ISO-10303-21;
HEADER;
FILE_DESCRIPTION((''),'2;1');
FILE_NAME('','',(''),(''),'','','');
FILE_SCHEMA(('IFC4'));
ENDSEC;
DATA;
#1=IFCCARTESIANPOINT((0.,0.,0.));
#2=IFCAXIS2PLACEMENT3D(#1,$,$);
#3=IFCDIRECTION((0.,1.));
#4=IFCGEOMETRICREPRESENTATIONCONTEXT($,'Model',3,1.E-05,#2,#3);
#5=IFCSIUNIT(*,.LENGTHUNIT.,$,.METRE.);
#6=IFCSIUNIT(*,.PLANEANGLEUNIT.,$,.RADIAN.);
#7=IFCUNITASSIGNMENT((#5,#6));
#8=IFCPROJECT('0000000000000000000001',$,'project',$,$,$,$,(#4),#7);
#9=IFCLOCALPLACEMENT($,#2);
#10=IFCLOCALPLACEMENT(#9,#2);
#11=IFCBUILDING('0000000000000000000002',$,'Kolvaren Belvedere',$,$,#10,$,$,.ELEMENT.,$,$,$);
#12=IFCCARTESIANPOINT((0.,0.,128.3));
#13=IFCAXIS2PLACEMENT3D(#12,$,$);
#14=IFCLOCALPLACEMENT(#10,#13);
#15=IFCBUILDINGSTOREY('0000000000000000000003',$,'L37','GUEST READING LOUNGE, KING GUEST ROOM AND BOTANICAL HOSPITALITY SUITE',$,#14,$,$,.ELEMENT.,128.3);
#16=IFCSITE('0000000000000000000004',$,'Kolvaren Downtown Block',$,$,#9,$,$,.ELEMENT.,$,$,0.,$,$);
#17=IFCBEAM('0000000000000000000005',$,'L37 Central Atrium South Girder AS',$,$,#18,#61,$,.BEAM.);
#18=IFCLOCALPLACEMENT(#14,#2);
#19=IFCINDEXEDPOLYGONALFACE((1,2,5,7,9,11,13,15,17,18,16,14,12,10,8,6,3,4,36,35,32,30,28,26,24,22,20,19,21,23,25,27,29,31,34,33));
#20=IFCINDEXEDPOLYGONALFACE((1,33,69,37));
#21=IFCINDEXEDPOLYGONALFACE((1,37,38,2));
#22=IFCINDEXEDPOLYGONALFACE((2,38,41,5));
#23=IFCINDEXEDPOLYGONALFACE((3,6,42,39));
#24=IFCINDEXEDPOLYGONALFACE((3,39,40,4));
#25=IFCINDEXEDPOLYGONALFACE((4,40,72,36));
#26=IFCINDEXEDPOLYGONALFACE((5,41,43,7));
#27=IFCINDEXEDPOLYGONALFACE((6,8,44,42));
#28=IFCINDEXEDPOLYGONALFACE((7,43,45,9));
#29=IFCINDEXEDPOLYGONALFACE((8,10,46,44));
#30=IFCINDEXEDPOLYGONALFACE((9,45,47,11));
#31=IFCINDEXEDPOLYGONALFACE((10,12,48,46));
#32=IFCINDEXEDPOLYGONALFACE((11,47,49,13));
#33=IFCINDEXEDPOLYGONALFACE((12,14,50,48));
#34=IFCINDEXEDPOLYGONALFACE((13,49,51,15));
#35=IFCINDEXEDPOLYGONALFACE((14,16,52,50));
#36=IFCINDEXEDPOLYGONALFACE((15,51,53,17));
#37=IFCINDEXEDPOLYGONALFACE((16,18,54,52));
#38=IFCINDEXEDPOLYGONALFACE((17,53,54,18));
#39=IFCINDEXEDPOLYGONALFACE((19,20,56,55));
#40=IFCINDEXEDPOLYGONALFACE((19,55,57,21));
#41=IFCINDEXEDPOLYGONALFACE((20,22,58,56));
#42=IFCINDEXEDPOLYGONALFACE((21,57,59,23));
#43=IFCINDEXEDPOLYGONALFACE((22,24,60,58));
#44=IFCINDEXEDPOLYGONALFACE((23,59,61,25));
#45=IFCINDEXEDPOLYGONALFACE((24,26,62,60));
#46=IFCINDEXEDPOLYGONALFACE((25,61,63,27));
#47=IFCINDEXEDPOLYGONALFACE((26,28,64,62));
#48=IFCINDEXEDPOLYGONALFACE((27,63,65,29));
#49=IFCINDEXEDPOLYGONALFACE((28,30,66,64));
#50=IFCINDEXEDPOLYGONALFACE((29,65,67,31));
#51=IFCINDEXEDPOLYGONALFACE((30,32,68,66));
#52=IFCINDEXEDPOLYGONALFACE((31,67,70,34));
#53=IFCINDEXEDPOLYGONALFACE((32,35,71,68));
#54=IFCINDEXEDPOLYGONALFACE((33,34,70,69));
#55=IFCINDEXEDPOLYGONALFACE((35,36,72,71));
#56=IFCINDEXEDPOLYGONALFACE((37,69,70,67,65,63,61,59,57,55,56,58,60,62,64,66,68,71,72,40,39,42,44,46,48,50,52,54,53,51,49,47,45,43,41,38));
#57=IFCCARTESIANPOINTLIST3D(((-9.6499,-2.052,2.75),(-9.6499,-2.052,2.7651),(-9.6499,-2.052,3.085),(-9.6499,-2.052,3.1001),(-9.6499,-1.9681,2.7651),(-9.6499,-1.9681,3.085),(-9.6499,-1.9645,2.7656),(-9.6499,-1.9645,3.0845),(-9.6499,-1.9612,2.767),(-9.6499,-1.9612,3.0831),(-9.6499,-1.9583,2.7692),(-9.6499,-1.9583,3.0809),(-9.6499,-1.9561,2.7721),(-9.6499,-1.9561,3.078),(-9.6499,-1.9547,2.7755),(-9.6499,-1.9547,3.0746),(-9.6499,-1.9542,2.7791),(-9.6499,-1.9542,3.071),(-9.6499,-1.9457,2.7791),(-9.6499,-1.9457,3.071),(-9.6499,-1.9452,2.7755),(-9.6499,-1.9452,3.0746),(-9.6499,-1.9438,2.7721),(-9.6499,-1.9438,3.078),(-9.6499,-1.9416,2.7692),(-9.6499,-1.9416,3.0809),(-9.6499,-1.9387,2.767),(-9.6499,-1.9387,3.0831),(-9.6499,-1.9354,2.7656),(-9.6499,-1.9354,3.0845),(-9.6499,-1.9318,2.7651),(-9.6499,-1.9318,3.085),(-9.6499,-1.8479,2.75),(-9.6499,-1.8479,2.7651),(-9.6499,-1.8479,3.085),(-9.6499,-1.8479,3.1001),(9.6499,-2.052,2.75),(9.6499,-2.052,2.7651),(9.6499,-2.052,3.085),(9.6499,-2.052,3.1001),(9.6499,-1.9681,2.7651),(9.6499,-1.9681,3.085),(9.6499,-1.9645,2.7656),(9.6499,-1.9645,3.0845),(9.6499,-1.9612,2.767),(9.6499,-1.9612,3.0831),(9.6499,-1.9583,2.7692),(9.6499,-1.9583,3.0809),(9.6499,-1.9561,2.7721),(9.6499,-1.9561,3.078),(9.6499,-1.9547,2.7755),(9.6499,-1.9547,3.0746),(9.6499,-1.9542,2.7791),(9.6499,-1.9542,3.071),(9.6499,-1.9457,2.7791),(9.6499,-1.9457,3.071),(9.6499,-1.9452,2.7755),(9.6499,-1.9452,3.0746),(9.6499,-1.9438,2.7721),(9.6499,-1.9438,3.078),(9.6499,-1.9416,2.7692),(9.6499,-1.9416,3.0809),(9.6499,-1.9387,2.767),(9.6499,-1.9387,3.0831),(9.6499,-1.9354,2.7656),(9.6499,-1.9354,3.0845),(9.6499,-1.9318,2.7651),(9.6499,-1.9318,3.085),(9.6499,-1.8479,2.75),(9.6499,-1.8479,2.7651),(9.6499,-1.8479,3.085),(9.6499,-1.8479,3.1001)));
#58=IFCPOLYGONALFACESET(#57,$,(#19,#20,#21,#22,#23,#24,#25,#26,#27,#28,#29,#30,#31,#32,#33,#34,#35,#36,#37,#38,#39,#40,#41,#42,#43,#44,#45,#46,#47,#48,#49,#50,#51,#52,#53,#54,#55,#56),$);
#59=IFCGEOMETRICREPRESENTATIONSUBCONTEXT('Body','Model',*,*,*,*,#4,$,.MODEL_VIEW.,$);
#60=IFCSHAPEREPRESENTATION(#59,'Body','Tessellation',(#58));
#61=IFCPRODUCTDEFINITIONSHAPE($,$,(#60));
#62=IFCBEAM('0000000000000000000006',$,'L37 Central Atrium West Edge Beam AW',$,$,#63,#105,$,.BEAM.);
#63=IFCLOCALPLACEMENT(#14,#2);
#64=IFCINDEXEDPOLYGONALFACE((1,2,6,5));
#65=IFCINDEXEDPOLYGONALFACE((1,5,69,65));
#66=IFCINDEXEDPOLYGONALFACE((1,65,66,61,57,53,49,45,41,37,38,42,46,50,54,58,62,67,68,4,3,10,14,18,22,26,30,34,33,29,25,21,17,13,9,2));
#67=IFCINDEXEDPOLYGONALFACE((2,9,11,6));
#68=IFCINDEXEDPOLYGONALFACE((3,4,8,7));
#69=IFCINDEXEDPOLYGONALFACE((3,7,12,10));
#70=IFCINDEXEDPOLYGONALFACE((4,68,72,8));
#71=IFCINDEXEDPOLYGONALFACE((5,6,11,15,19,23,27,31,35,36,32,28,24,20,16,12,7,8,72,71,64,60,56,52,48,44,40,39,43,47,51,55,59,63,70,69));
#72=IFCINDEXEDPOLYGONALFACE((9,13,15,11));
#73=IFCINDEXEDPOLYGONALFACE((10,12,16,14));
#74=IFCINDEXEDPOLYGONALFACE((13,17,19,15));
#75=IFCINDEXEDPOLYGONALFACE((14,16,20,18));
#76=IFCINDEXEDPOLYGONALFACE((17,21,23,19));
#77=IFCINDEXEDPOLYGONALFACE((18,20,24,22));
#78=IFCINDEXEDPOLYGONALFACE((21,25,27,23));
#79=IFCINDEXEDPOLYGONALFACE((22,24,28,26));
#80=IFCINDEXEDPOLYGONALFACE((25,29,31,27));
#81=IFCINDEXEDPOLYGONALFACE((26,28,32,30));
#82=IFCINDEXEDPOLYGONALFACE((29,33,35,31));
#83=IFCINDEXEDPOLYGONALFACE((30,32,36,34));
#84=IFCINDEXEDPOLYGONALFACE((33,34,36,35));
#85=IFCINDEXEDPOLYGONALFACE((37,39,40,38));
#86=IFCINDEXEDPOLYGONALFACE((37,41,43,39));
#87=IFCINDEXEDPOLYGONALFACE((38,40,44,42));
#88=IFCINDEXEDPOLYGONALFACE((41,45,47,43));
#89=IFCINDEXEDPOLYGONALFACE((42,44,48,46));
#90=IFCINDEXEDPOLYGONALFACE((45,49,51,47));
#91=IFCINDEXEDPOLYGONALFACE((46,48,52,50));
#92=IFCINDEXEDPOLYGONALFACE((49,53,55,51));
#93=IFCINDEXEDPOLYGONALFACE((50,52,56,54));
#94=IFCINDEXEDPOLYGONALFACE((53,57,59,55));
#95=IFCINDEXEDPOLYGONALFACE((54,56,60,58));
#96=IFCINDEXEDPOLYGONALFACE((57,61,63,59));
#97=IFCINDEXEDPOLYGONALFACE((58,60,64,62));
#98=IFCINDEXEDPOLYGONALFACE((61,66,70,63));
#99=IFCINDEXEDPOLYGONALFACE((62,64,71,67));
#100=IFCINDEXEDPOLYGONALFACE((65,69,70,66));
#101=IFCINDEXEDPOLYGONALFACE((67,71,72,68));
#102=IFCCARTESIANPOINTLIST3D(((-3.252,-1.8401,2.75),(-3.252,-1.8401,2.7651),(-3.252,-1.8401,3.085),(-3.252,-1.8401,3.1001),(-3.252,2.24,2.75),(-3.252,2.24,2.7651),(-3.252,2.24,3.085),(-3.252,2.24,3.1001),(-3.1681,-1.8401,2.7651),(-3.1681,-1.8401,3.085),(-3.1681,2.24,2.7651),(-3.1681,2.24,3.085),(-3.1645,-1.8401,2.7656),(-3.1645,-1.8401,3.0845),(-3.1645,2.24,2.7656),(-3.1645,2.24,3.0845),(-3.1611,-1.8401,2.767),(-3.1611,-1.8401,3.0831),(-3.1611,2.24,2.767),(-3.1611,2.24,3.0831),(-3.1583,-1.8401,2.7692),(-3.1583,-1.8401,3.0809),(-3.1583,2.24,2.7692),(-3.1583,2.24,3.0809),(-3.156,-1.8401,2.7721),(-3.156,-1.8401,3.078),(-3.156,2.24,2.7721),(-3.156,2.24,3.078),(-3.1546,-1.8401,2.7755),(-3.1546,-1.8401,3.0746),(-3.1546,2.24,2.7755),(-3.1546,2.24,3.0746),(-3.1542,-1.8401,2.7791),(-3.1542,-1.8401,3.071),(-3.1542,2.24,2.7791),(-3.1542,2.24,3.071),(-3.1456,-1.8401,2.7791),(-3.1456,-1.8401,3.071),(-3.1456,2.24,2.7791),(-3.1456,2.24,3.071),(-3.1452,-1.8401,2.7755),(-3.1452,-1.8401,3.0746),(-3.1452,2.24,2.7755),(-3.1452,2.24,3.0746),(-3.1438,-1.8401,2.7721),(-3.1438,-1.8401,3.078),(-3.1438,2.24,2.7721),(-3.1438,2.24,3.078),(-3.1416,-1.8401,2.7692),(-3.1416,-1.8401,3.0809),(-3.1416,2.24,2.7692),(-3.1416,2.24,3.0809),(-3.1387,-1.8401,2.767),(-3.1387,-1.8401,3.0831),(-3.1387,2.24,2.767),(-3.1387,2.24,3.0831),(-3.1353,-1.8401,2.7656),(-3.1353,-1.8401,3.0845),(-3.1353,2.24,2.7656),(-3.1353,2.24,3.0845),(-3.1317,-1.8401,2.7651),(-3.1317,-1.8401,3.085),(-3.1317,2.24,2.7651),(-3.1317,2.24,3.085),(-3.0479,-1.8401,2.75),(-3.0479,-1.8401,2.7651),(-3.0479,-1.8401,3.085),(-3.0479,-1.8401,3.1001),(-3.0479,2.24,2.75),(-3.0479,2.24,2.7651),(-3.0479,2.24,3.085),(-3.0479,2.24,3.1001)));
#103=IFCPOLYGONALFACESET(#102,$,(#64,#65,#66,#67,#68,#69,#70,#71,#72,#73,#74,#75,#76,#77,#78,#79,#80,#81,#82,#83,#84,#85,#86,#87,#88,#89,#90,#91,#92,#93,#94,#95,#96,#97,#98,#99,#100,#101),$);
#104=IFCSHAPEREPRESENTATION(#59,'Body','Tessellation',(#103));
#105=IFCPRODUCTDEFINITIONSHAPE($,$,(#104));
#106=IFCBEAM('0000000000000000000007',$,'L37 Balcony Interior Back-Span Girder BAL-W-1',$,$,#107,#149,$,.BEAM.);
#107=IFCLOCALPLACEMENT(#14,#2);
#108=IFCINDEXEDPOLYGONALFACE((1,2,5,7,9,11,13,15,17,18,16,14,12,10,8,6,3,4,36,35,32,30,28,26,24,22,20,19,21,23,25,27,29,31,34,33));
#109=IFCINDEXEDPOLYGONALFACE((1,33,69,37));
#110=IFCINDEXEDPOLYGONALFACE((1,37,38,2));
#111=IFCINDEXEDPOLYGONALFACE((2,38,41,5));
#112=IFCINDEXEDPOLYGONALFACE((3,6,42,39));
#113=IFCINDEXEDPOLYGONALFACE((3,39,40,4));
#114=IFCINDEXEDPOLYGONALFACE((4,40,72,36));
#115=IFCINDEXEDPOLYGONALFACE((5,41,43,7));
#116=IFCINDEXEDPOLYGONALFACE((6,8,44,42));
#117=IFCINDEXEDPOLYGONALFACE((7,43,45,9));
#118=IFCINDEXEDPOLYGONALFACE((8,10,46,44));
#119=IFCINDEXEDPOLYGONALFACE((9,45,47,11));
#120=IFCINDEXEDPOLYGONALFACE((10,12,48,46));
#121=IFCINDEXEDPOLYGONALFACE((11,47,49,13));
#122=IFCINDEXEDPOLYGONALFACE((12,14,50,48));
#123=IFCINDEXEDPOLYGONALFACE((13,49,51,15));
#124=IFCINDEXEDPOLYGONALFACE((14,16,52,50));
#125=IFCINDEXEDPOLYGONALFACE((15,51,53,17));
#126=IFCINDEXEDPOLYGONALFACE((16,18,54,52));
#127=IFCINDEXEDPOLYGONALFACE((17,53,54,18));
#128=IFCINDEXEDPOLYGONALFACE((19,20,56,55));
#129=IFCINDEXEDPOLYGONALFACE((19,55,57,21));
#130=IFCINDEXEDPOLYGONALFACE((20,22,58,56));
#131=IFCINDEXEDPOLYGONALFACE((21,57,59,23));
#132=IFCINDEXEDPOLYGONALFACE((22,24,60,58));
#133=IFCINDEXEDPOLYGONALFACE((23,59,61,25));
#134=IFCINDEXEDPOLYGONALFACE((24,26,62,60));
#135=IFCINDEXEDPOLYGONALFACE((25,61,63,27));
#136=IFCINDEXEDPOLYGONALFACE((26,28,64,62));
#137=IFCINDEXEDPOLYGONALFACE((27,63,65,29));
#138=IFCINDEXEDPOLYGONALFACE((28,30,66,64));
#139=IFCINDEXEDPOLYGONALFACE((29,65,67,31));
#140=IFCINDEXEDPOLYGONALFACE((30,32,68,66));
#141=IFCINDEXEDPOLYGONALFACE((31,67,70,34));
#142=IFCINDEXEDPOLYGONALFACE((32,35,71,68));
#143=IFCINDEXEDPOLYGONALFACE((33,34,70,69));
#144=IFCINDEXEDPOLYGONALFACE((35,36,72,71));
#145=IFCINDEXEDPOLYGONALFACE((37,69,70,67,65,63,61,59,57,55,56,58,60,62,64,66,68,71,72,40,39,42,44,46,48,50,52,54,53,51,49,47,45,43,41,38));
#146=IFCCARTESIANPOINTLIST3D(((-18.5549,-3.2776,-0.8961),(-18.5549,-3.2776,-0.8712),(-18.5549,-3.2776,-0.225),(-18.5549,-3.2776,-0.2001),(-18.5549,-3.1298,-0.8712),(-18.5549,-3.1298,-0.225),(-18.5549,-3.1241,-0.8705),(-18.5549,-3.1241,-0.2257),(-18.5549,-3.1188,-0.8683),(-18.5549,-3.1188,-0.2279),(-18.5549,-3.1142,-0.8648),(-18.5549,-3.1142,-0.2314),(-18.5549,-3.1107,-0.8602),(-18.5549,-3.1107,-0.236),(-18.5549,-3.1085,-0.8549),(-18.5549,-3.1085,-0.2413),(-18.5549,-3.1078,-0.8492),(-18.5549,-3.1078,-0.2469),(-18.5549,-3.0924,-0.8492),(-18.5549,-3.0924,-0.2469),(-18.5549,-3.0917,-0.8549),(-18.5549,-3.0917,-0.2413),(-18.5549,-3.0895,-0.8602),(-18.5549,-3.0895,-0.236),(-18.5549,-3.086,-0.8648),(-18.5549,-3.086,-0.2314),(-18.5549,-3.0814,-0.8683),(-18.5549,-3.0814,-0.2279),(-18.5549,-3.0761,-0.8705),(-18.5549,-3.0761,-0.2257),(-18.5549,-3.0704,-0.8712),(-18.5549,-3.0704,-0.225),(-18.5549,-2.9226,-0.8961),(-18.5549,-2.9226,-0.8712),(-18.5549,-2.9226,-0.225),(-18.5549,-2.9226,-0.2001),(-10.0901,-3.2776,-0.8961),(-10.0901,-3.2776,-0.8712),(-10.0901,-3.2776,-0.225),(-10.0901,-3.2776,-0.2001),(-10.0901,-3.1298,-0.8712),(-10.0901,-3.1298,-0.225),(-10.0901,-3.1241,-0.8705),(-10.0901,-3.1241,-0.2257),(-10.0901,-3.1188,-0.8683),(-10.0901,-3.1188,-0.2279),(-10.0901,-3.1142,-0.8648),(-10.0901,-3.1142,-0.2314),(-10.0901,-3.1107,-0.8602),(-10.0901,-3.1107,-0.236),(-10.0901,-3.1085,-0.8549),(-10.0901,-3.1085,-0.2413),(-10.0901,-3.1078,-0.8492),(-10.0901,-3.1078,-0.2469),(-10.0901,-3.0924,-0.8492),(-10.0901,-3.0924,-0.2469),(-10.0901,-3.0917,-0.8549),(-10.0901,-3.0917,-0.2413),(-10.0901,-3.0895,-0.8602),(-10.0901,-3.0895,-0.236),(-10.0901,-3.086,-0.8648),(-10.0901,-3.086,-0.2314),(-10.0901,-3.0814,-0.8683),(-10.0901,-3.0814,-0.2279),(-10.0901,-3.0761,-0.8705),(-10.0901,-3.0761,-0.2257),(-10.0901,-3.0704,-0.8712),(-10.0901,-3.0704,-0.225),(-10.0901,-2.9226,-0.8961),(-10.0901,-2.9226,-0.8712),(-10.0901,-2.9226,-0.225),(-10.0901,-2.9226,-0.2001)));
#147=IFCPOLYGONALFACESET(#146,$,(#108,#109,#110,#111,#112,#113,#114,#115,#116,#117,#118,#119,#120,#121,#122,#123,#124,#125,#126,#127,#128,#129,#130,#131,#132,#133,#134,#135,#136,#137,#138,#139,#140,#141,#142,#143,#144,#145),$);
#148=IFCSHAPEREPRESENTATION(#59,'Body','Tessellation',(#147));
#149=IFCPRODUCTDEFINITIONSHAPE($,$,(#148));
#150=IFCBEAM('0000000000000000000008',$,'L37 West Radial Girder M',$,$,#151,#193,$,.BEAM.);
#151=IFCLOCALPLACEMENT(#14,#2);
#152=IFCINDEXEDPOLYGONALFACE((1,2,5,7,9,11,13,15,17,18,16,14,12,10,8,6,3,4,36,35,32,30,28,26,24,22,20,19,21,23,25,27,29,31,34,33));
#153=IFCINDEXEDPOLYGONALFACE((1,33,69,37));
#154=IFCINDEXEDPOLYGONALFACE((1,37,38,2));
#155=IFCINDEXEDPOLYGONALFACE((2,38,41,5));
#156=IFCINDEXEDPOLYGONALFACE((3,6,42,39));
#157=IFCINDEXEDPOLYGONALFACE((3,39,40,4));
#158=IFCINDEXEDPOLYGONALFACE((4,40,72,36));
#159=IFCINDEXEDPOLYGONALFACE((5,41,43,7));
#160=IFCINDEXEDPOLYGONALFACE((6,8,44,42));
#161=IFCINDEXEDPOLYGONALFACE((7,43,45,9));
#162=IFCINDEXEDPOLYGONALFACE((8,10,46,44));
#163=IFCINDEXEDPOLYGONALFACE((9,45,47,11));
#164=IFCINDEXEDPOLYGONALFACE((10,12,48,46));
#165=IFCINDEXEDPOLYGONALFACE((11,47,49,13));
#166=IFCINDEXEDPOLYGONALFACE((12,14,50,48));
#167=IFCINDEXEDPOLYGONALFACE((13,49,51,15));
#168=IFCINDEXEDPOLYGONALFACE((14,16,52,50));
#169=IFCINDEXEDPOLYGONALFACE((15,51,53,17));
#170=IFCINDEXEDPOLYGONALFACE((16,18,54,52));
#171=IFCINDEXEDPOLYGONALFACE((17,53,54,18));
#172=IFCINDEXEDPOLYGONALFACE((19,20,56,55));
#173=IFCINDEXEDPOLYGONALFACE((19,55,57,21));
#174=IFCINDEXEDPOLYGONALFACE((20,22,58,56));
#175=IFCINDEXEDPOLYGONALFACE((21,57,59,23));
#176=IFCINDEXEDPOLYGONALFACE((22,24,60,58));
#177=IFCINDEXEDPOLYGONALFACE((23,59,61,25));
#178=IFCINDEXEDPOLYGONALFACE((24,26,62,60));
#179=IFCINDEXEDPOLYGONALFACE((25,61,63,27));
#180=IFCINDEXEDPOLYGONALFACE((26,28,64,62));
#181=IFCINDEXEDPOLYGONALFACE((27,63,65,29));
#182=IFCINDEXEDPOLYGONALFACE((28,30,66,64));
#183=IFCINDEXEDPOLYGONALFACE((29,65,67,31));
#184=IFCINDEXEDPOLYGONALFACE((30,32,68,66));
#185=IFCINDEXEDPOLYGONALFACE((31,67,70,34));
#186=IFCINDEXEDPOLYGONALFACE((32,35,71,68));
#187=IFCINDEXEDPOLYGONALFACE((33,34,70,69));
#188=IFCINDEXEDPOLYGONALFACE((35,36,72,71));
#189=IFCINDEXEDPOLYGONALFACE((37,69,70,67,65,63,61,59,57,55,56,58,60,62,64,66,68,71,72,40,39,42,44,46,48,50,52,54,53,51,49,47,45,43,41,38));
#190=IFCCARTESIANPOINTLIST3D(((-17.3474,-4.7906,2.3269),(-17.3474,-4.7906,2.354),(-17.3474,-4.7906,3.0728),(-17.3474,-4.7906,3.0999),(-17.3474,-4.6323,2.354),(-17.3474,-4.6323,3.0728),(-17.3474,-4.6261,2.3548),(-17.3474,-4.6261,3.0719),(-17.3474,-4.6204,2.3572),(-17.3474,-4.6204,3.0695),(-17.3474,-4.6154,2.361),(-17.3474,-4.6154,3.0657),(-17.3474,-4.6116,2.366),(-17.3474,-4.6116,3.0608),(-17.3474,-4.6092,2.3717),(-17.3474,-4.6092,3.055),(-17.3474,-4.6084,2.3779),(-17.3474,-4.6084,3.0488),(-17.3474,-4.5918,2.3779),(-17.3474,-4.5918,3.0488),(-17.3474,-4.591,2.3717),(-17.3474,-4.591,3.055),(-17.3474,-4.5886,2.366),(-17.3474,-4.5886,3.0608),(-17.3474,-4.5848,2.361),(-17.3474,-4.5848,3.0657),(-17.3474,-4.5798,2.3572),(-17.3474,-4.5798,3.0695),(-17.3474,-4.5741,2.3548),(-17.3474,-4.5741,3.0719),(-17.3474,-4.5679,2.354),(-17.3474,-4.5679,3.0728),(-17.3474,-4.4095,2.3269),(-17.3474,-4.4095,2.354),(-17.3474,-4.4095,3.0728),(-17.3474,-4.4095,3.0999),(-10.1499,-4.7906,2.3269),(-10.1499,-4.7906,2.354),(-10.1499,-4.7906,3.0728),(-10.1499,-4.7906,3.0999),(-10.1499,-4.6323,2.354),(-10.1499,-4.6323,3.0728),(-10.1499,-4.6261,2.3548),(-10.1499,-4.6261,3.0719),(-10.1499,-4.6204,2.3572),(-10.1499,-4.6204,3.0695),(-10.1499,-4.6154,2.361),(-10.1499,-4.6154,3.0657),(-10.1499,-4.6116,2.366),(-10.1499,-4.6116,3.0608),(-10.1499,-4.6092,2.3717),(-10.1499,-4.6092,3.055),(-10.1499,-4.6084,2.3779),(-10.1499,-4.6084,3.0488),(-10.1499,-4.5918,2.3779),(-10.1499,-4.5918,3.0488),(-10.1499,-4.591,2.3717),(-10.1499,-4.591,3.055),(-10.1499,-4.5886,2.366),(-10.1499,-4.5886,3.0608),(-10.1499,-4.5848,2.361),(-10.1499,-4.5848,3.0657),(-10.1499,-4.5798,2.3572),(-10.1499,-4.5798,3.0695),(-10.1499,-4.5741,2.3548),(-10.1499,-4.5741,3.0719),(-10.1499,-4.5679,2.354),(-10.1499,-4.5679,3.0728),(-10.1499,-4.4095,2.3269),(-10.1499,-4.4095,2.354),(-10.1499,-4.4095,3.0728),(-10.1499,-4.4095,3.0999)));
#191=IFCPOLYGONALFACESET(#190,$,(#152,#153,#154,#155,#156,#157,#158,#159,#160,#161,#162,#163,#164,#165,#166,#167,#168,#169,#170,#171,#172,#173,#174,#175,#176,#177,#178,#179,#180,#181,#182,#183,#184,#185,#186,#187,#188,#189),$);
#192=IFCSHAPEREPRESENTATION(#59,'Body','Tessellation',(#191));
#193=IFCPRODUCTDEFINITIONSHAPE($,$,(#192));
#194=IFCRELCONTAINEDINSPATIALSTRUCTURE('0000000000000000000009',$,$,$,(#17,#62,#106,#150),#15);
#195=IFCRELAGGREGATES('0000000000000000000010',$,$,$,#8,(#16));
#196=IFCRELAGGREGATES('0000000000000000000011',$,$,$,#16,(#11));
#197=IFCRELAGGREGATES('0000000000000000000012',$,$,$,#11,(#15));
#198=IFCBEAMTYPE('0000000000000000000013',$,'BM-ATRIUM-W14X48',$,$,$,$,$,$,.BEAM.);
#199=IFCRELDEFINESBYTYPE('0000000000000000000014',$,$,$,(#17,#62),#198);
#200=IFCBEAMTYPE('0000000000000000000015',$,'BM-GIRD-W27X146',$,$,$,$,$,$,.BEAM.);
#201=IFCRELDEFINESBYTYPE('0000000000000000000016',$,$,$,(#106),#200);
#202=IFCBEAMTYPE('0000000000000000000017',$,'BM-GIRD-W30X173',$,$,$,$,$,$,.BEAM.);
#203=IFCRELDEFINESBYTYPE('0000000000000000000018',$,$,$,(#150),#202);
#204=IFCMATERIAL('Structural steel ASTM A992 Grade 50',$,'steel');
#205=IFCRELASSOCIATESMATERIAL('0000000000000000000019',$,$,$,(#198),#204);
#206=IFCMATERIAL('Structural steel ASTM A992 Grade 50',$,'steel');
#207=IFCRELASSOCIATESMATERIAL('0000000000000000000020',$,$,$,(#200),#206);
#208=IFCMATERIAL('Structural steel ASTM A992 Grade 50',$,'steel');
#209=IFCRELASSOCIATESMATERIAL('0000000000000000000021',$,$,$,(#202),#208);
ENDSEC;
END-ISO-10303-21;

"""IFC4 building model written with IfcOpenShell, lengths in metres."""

from ifc_helpers import new_model, si_unit, direction, frame, origin, origin_2d, place, context, subcontext, project, spatial, i_section, extrude, material, material_profile, profile_set, type_object, element, save


model = new_model("IFC4")

# Units and contexts
model_context = context("Model", 3, precision=1e-05, world=origin(), true_north=direction((0.0, 1.0)))
body_context = subcontext(model_context, "Body", "Model", "MODEL_VIEW")
ifc_project = project(units=[si_unit("LENGTHUNIT", "METRE"), si_unit("PLANEANGLEUNIT", "RADIAN")], contexts=[model_context])

# Site, building, storey
site_placement = place(None, origin())
site = spatial("IfcSite", under=ifc_project, at=site_placement, Name="Kolvaren Downtown Block", CompositionType="ELEMENT", RefElevation=0.0)
building_placement = place(site_placement, origin())
building = spatial("IfcBuilding", under=site, at=building_placement, Name="Kolvaren Belvedere", CompositionType="ELEMENT")
storey_placement = place(building_placement, frame((0.0, 0.0, 128.3)))
storey = spatial("IfcBuildingStorey", under=building, at=storey_placement, Name="L37", Description="GUEST READING LOUNGE, KING GUEST ROOM AND BOTANICAL HOSPITALITY SUITE", CompositionType="ELEMENT", Elevation=128.3)

# Beams
ifc_material_1 = material(Name="Structural steel ASTM A992 Grade 50", Category="steel")
ifc_material_profile_1 = material_profile(ifc_material_1, i_section(OverallWidth=0.2041, OverallDepth=0.3501, WebThickness=0.0085, FlangeThickness=0.0151, FilletRadius=0.0139, at=origin_2d()), Name="W14X48")
ifc_profile_set_1 = profile_set([ifc_material_profile_1], Name="Structural steel ASTM A992 Grade 50")
beam_type_1 = type_object("IfcBeamType", Name="BM-ATRIUM-W14X48", PredefinedType="BEAM", material=ifc_profile_set_1)
beam_1_placement = place(storey_placement, frame((-9.6499, -1.95, 2.925), z_axis=(1.0, 0.0, 0.0), x_axis=(0.0, 1.0, 0.0)))
element("IfcBeam", 1, at=beam_1_placement, inside=storey, type_object=beam_type_1, Name="L37 Central Atrium South Girder AS", PredefinedType="BEAM", context=body_context, shape_type="SweptSolid", body=[
    extrude(i_section(OverallWidth=0.2041, OverallDepth=0.3501, WebThickness=0.0085, FlangeThickness=0.0151, FilletRadius=0.0139, at=origin_2d()), origin(), (0.0, 0.0, 1.0), 19.2998),
])
beam_2_placement = place(storey_placement, frame((-3.1499, -1.8401, 2.925), z_axis=(0.0, 1.0, 0.0), x_axis=(-1.0, 0.0, 0.0)))
element("IfcBeam", 2, at=beam_2_placement, inside=storey, type_object=beam_type_1, Name="L37 Central Atrium West Edge Beam AW", PredefinedType="BEAM", context=body_context, shape_type="SweptSolid", body=[
    extrude(i_section(OverallWidth=0.2041, OverallDepth=0.3501, WebThickness=0.0085, FlangeThickness=0.0151, FilletRadius=0.0139, at=origin_2d()), origin(), (0.0, 0.0, 1.0), 4.0801),
])
ifc_material_2 = material(Name="Structural steel ASTM A992 Grade 50", Category="steel")
ifc_material_profile_2 = material_profile(ifc_material_2, i_section(OverallWidth=0.355, OverallDepth=0.696, WebThickness=0.0154, FlangeThickness=0.0249, FilletRadius=0.022, at=origin_2d()), Name="W27X146")
ifc_profile_set_2 = profile_set([ifc_material_profile_2], Name="Structural steel ASTM A992 Grade 50")
beam_type_2 = type_object("IfcBeamType", Name="BM-GIRD-W27X146", PredefinedType="BEAM", material=ifc_profile_set_2)
beam_3_placement = place(storey_placement, frame((-10.0901, -3.1001, -0.5481), z_axis=(-1.0, 0.0, 0.0), x_axis=(0.0, -1.0, 0.0)))
element("IfcBeam", 3, at=beam_3_placement, inside=storey, type_object=beam_type_2, Name="L37 Balcony Interior Back-Span Girder BAL-W-1", PredefinedType="BEAM", context=body_context, shape_type="SweptSolid", body=[
    extrude(i_section(OverallWidth=0.355, OverallDepth=0.696, WebThickness=0.0154, FlangeThickness=0.0249, FilletRadius=0.022, at=origin_2d()), origin(), (0.0, 0.0, 1.0), 8.4648),
])
ifc_material_3 = material(Name="Structural steel ASTM A992 Grade 50", Category="steel")
ifc_material_profile_3 = material_profile(ifc_material_3, i_section(OverallWidth=0.3811, OverallDepth=0.7729, WebThickness=0.0166, FlangeThickness=0.0271, FilletRadius=0.0239, at=origin_2d()), Name="W30X173")
ifc_profile_set_3 = profile_set([ifc_material_profile_3], Name="Structural steel ASTM A992 Grade 50")
beam_type_3 = type_object("IfcBeamType", Name="BM-GIRD-W30X173", PredefinedType="BEAM", material=ifc_profile_set_3)
beam_4_placement = place(storey_placement, frame((-10.1499, -4.6001, 2.7134), z_axis=(-1.0, 0.0, 0.0), x_axis=(0.0, -1.0, 0.0)))
element("IfcBeam", 4, at=beam_4_placement, inside=storey, type_object=beam_type_3, Name="L37 West Radial Girder M", PredefinedType="BEAM", context=body_context, shape_type="SweptSolid", body=[
    extrude(i_section(OverallWidth=0.3811, OverallDepth=0.7729, WebThickness=0.0166, FlangeThickness=0.0271, FilletRadius=0.0239, at=origin_2d()), origin(), (0.0, 0.0, 1.0), 7.1975),
])

save(model, "model.ifc")
